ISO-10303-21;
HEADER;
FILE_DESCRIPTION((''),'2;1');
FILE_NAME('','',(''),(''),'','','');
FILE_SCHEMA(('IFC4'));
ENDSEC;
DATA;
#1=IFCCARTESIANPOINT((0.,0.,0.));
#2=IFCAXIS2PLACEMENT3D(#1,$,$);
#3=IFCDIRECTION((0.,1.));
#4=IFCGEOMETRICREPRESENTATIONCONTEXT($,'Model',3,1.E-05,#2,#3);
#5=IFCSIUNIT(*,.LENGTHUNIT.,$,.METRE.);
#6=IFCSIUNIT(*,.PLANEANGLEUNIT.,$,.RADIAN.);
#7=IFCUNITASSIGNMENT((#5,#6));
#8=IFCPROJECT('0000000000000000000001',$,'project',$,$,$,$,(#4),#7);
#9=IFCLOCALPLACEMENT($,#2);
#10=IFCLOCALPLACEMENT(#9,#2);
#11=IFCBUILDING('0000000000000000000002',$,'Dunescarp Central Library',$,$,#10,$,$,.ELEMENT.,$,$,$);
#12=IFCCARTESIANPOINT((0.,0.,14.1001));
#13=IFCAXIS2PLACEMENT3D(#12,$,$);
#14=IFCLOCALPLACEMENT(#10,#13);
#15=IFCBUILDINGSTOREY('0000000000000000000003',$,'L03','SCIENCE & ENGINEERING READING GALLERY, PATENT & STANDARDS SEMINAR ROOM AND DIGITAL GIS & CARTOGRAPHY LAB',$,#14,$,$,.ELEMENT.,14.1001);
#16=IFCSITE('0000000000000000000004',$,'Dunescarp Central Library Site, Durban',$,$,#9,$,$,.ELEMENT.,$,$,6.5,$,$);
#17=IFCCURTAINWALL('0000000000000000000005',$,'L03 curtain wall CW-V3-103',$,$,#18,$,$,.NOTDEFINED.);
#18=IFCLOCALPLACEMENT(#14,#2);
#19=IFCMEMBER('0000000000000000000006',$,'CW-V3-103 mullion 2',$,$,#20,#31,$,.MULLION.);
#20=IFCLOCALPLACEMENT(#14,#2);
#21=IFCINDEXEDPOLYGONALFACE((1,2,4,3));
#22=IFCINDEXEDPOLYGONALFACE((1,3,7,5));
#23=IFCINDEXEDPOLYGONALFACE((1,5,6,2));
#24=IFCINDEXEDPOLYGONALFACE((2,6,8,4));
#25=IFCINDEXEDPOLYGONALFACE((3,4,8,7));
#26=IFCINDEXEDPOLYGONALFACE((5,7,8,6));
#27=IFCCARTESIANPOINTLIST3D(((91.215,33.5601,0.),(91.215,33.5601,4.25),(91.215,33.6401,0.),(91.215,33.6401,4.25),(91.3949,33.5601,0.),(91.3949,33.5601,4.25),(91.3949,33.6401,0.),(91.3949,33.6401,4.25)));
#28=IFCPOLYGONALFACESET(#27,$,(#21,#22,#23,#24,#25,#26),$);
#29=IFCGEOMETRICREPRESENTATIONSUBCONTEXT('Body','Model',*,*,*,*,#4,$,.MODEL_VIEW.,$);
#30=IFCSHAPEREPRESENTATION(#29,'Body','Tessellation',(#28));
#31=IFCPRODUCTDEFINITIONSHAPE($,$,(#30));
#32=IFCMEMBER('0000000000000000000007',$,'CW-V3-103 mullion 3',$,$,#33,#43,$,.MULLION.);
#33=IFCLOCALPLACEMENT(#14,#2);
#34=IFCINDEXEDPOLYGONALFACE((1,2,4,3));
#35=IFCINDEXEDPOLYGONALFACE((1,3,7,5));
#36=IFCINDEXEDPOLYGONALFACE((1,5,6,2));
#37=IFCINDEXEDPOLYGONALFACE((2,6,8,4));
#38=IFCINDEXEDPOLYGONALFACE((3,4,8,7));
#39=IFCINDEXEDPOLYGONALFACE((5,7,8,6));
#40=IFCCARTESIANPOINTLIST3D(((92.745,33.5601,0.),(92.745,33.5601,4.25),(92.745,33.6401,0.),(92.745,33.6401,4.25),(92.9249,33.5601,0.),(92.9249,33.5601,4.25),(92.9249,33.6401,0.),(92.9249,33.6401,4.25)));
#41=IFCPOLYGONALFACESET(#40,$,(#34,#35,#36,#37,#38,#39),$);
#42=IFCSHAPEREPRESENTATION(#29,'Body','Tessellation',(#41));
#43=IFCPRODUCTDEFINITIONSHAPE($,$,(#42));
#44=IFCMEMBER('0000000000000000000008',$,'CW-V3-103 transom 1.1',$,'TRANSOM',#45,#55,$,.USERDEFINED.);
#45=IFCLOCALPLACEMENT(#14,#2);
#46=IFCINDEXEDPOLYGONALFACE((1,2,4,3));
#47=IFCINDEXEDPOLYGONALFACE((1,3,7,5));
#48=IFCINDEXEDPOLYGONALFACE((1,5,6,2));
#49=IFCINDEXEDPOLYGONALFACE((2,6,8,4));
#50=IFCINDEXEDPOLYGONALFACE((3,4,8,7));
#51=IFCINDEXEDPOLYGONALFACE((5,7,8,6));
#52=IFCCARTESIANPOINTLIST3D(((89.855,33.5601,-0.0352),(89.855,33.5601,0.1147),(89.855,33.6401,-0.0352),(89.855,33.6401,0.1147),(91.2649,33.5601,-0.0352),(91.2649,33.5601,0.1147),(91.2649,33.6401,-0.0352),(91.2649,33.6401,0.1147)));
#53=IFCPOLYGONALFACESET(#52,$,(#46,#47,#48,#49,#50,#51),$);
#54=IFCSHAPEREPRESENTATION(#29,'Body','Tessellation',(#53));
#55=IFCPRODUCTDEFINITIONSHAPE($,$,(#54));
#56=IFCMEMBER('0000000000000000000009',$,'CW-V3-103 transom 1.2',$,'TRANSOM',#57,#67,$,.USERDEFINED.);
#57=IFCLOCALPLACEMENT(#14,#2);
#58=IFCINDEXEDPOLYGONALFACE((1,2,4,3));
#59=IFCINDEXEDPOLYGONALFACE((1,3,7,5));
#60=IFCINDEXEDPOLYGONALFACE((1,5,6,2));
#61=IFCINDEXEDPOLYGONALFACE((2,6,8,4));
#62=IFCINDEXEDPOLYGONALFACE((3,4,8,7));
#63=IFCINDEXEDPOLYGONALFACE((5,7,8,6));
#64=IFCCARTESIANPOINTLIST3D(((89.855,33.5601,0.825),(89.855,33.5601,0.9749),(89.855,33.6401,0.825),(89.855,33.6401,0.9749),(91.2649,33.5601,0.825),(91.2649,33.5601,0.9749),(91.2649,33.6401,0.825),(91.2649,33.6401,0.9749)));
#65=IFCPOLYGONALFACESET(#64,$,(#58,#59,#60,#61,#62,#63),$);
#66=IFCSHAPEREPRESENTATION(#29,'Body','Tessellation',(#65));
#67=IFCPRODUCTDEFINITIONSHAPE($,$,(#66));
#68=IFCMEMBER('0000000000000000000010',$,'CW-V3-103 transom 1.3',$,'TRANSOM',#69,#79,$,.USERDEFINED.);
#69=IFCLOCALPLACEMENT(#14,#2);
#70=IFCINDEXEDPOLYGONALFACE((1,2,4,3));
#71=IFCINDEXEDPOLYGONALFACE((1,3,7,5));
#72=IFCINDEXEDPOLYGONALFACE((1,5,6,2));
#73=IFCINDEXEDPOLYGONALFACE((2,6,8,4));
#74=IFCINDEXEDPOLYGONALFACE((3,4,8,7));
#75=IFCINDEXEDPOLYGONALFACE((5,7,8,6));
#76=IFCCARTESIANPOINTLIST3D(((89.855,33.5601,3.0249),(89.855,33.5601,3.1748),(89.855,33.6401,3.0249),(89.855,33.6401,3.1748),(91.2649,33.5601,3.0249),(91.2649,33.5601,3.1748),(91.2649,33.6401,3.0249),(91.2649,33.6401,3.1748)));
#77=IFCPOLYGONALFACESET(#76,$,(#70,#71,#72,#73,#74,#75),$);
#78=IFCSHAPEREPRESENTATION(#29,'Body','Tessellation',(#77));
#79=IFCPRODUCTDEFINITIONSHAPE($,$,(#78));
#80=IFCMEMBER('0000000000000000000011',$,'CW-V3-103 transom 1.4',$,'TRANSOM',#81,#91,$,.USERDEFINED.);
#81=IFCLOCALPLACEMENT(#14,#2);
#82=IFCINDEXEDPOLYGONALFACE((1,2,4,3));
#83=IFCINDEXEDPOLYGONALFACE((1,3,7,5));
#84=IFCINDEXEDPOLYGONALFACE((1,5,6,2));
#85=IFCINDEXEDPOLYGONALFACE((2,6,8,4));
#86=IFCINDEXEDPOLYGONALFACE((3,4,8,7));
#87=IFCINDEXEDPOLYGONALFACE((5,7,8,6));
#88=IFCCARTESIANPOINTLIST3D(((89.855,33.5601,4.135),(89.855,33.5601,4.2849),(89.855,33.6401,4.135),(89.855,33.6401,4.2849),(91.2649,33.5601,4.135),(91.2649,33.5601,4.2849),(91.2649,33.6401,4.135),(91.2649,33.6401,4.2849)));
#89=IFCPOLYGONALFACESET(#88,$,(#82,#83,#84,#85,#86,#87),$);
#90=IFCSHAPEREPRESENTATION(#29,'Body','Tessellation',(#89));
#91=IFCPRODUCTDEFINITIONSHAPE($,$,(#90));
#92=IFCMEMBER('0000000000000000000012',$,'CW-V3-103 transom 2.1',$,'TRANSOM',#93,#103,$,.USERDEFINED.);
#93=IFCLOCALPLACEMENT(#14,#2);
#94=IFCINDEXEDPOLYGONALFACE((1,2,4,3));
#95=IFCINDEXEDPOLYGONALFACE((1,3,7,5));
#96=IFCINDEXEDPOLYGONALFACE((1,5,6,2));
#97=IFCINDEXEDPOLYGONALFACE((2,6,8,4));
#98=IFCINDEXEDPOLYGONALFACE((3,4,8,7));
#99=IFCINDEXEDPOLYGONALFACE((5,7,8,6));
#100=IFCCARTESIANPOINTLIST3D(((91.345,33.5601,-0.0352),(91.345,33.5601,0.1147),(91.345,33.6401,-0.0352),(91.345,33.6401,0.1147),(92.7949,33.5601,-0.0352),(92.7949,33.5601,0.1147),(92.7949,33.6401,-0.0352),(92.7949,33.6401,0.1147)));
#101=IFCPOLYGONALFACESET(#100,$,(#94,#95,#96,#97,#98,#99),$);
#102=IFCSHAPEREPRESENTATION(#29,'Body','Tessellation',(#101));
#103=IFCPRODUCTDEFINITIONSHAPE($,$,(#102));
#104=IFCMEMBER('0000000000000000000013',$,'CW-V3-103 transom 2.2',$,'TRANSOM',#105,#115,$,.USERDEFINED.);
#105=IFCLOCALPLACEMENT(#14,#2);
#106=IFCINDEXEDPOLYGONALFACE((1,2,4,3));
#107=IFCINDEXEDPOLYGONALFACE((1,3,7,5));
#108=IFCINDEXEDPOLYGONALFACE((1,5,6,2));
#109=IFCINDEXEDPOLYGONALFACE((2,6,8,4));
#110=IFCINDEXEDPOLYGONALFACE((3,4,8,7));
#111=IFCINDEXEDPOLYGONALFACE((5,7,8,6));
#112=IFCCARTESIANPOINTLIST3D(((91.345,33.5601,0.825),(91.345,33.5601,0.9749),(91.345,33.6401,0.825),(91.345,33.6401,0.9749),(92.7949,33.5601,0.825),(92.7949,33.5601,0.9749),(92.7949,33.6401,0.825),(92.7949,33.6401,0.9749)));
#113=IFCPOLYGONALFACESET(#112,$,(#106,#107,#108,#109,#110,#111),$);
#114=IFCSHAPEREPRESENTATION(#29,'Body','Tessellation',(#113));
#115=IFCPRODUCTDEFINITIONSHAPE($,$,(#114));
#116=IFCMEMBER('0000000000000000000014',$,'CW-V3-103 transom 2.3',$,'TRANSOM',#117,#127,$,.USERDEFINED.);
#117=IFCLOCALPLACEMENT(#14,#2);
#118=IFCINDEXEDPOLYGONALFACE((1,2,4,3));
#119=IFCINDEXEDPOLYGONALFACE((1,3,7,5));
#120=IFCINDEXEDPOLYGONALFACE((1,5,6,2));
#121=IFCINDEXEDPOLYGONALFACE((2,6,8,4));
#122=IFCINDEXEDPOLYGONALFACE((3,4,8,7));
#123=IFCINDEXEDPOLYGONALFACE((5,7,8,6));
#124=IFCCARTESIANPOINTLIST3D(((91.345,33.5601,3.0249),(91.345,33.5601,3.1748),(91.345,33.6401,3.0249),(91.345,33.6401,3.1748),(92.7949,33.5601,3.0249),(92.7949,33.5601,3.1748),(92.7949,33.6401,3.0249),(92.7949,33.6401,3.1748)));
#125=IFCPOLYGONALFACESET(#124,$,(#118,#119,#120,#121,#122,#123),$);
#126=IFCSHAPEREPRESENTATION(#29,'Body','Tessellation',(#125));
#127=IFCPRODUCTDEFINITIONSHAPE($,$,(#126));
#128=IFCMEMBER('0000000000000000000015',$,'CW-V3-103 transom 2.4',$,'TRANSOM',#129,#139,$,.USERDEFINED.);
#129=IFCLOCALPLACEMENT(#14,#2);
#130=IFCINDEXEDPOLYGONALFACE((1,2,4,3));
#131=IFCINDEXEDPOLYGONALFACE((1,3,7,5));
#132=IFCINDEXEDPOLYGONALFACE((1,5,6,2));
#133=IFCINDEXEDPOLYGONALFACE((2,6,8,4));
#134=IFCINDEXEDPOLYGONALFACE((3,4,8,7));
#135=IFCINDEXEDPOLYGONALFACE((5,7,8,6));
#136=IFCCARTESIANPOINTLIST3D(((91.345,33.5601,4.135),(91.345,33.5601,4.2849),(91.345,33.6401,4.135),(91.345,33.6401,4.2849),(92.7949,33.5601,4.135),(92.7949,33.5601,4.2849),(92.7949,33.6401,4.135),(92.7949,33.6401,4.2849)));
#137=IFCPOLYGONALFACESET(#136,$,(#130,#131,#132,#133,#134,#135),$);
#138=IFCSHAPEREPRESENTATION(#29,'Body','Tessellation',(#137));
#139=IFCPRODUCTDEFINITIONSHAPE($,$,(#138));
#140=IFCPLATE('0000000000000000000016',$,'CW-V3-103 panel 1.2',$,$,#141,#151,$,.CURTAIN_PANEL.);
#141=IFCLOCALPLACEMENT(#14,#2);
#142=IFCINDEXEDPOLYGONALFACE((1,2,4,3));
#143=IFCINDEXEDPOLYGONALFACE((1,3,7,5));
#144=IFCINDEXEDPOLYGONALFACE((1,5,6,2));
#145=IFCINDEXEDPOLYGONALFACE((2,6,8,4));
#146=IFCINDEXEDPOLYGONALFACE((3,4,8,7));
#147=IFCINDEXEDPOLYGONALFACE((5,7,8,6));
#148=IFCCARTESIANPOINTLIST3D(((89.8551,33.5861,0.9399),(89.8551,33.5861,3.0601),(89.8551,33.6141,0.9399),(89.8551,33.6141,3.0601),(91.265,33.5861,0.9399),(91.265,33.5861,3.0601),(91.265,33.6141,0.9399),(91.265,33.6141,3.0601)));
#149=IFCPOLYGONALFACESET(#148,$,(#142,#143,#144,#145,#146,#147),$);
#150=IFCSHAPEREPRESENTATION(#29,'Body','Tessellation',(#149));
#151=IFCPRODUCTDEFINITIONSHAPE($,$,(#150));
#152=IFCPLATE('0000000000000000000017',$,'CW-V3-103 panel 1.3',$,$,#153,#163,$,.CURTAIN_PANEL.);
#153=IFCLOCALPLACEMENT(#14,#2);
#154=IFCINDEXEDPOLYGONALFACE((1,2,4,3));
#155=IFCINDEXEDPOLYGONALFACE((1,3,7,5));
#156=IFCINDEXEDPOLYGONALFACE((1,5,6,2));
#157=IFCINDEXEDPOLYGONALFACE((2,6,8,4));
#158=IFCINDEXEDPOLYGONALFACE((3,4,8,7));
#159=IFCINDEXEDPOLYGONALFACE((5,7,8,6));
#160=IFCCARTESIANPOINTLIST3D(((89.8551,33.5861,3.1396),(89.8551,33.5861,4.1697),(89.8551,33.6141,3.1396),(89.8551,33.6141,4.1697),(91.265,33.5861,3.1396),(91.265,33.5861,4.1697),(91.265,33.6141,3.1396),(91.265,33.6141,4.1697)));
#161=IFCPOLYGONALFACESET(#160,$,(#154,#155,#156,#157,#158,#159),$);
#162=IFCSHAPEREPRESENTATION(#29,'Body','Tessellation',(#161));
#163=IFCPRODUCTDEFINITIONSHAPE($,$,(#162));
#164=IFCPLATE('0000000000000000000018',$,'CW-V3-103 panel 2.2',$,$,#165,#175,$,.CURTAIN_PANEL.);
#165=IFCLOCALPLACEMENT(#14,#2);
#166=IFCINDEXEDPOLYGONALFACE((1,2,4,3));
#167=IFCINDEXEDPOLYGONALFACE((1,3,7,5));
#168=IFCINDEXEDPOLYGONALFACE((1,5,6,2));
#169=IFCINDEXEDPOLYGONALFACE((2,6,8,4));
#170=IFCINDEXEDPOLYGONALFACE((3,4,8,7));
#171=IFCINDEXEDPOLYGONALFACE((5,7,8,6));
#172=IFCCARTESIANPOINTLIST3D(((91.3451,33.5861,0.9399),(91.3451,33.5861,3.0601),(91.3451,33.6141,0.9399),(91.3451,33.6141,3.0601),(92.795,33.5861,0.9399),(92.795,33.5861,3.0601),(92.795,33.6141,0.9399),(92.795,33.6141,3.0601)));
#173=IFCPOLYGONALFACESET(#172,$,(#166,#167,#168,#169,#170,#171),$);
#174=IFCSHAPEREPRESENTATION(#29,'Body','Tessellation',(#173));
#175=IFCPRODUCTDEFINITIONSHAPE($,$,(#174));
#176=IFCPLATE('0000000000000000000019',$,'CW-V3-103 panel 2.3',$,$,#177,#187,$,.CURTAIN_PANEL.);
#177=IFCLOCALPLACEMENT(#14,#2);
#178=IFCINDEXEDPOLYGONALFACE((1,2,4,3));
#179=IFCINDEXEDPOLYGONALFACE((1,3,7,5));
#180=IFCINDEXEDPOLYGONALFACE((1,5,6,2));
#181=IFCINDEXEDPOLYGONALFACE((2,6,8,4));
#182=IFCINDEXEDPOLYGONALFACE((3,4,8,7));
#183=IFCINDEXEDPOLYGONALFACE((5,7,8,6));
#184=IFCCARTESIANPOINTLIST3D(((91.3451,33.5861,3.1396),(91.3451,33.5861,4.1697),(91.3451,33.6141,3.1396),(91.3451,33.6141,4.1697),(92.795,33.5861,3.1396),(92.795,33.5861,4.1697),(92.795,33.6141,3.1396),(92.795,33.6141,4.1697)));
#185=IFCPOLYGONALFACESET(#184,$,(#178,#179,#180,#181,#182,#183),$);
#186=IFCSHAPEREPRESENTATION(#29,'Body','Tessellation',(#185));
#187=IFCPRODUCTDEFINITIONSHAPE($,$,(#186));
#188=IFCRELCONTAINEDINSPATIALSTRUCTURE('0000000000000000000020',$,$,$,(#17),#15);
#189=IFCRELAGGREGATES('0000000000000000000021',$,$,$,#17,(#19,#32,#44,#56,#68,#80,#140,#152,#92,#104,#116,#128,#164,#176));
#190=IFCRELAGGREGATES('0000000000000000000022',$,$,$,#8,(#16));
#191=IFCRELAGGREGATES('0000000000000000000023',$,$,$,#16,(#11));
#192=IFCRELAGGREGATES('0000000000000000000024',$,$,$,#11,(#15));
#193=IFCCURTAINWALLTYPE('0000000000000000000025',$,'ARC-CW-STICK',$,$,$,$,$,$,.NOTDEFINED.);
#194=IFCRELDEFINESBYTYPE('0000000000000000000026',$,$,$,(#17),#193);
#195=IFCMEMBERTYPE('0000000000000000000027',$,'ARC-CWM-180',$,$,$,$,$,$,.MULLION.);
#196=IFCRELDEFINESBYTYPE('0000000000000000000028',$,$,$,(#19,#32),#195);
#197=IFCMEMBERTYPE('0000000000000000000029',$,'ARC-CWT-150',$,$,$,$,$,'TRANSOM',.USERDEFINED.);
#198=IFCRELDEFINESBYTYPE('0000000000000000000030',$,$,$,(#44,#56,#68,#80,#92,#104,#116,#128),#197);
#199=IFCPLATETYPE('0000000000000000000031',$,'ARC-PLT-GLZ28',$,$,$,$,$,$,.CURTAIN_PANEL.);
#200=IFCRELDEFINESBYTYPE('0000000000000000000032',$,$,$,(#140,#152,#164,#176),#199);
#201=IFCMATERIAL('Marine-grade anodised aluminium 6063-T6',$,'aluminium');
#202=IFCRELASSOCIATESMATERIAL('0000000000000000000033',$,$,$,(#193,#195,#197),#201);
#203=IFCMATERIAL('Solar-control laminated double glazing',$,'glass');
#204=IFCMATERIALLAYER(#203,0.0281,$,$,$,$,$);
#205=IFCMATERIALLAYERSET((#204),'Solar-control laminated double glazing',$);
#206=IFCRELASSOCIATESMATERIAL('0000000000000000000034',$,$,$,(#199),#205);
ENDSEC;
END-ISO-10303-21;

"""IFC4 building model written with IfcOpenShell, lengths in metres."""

from ifc_helpers import new_model, si_unit, direction, frame, origin, origin_2d, place, context, subcontext, project, spatial, rectangle, extrude, material, layer, layer_set, material_profile, profile_set, type_object, element, aggregate, save


model = new_model("IFC4")

# Units and contexts
model_context = context("Model", 3, precision=1e-05, world=origin(), true_north=direction((0.0, 1.0)))
body_context = subcontext(model_context, "Body", "Model", "MODEL_VIEW")
ifc_project = project(units=[si_unit("LENGTHUNIT", "METRE"), si_unit("PLANEANGLEUNIT", "RADIAN")], contexts=[model_context])

# Site, building, storey
site_placement = place(None, origin())
site = spatial("IfcSite", under=ifc_project, at=site_placement, Name="Dunescarp Central Library Site, Durban", CompositionType="ELEMENT", RefElevation=6.5)
building_placement = place(site_placement, origin())
building = spatial("IfcBuilding", under=site, at=building_placement, Name="Dunescarp Central Library", CompositionType="ELEMENT")
storey_placement = place(building_placement, frame((0.0, 0.0, 14.1001)))
storey = spatial("IfcBuildingStorey", under=building, at=storey_placement, Name="L03", Description="SCIENCE & ENGINEERING READING GALLERY, PATENT & STANDARDS SEMINAR ROOM AND DIGITAL GIS & CARTOGRAPHY LAB", CompositionType="ELEMENT", Elevation=14.1001)

# Curtain wall, members, plates
ifc_material_1 = material(Name="Marine-grade anodised aluminium 6063-T6", Category="aluminium")
curtain_wall_type = type_object("IfcCurtainWallType", Name="ARC-CW-STICK", PredefinedType="NOTDEFINED", material=ifc_material_1)
curtain_wall_placement = place(storey_placement, origin())
curtain_wall = element("IfcCurtainWall", 1, at=curtain_wall_placement, inside=storey, type_object=curtain_wall_type, Name="L03 curtain wall CW-V3-103", PredefinedType="NOTDEFINED")
ifc_material_profile_1 = material_profile(ifc_material_1, rectangle(XDim=0.0801, YDim=0.1799, at=origin_2d()), Name="AL 80x180")
ifc_profile_set_1 = profile_set([ifc_material_profile_1], Name="Marine-grade anodised aluminium 6063-T6")
member_type_1 = type_object("IfcMemberType", Name="ARC-CWM-180", PredefinedType="MULLION", material=ifc_profile_set_1)
member_1_placement = place(storey_placement, frame((91.3049, 33.6001, 0.0), z_axis=(0.0, 0.0, 1.0), x_axis=(0.0, 1.0, 0.0)))
member_1 = element("IfcMember", 2, at=member_1_placement, type_object=member_type_1, Name="CW-V3-103 mullion 2", PredefinedType="MULLION", context=body_context, shape_type="SweptSolid", body=[
    extrude(rectangle(XDim=0.0801, YDim=0.1799, at=origin_2d()), origin(), (0.0, 0.0, 1.0), 4.25),
])
member_2_placement = place(storey_placement, frame((92.835, 33.6001, 0.0), z_axis=(0.0, 0.0, 1.0), x_axis=(0.0, 1.0, 0.0)))
member_2 = element("IfcMember", 3, at=member_2_placement, type_object=member_type_1, Name="CW-V3-103 mullion 3", PredefinedType="MULLION", context=body_context, shape_type="SweptSolid", body=[
    extrude(rectangle(XDim=0.0801, YDim=0.1799, at=origin_2d()), origin(), (0.0, 0.0, 1.0), 4.25),
])
ifc_material_profile_2 = material_profile(ifc_material_1, rectangle(XDim=0.0801, YDim=0.1499, at=origin_2d()), Name="AL 80x150")
ifc_profile_set_2 = profile_set([ifc_material_profile_2], Name="Marine-grade anodised aluminium 6063-T6")
member_type_2 = type_object("IfcMemberType", Name="ARC-CWT-150", ElementType="TRANSOM", PredefinedType="USERDEFINED", material=ifc_profile_set_2)
member_3_placement = place(storey_placement, frame((89.855, 33.6001, 0.0398), z_axis=(1.0, 0.0, 0.0), x_axis=(0.0, 1.0, 0.0)))
member_3 = element("IfcMember", 4, at=member_3_placement, type_object=member_type_2, Name="CW-V3-103 transom 1.1", ObjectType="TRANSOM", PredefinedType="USERDEFINED", context=body_context, shape_type="SweptSolid", body=[
    extrude(rectangle(XDim=0.0801, YDim=0.1499, at=origin_2d()), origin(), (0.0, 0.0, 1.0), 1.4099),
])
member_4_placement = place(storey_placement, frame((89.855, 33.6001, 0.8999), z_axis=(1.0, 0.0, 0.0), x_axis=(0.0, 1.0, 0.0)))
member_4 = element("IfcMember", 5, at=member_4_placement, type_object=member_type_2, Name="CW-V3-103 transom 1.2", ObjectType="TRANSOM", PredefinedType="USERDEFINED", context=body_context, shape_type="SweptSolid", body=[
    extrude(rectangle(XDim=0.0801, YDim=0.1499, at=origin_2d()), origin(), (0.0, 0.0, 1.0), 1.4099),
])
member_5_placement = place(storey_placement, frame((89.855, 33.6001, 3.0999), z_axis=(1.0, 0.0, 0.0), x_axis=(0.0, 1.0, 0.0)))
member_5 = element("IfcMember", 6, at=member_5_placement, type_object=member_type_2, Name="CW-V3-103 transom 1.3", ObjectType="TRANSOM", PredefinedType="USERDEFINED", context=body_context, shape_type="SweptSolid", body=[
    extrude(rectangle(XDim=0.0801, YDim=0.1499, at=origin_2d()), origin(), (0.0, 0.0, 1.0), 1.4099),
])
member_6_placement = place(storey_placement, frame((89.855, 33.6001, 4.21), z_axis=(1.0, 0.0, 0.0), x_axis=(0.0, 1.0, 0.0)))
member_6 = element("IfcMember", 7, at=member_6_placement, type_object=member_type_2, Name="CW-V3-103 transom 1.4", ObjectType="TRANSOM", PredefinedType="USERDEFINED", context=body_context, shape_type="SweptSolid", body=[
    extrude(rectangle(XDim=0.0801, YDim=0.1499, at=origin_2d()), origin(), (0.0, 0.0, 1.0), 1.4099),
])
member_7_placement = place(storey_placement, frame((91.345, 33.6001, 0.0398), z_axis=(1.0, 0.0, 0.0), x_axis=(0.0, 1.0, 0.0)))
member_7 = element("IfcMember", 8, at=member_7_placement, type_object=member_type_2, Name="CW-V3-103 transom 2.1", ObjectType="TRANSOM", PredefinedType="USERDEFINED", context=body_context, shape_type="SweptSolid", body=[
    extrude(rectangle(XDim=0.0801, YDim=0.1499, at=origin_2d()), origin(), (0.0, 0.0, 1.0), 1.45),
])
member_8_placement = place(storey_placement, frame((91.345, 33.6001, 0.8999), z_axis=(1.0, 0.0, 0.0), x_axis=(0.0, 1.0, 0.0)))
member_8 = element("IfcMember", 9, at=member_8_placement, type_object=member_type_2, Name="CW-V3-103 transom 2.2", ObjectType="TRANSOM", PredefinedType="USERDEFINED", context=body_context, shape_type="SweptSolid", body=[
    extrude(rectangle(XDim=0.0801, YDim=0.1499, at=origin_2d()), origin(), (0.0, 0.0, 1.0), 1.45),
])
member_9_placement = place(storey_placement, frame((91.345, 33.6001, 3.0999), z_axis=(1.0, 0.0, 0.0), x_axis=(0.0, 1.0, 0.0)))
member_9 = element("IfcMember", 10, at=member_9_placement, type_object=member_type_2, Name="CW-V3-103 transom 2.3", ObjectType="TRANSOM", PredefinedType="USERDEFINED", context=body_context, shape_type="SweptSolid", body=[
    extrude(rectangle(XDim=0.0801, YDim=0.1499, at=origin_2d()), origin(), (0.0, 0.0, 1.0), 1.45),
])
member_10_placement = place(storey_placement, frame((91.345, 33.6001, 4.21), z_axis=(1.0, 0.0, 0.0), x_axis=(0.0, 1.0, 0.0)))
member_10 = element("IfcMember", 11, at=member_10_placement, type_object=member_type_2, Name="CW-V3-103 transom 2.4", ObjectType="TRANSOM", PredefinedType="USERDEFINED", context=body_context, shape_type="SweptSolid", body=[
    extrude(rectangle(XDim=0.0801, YDim=0.1499, at=origin_2d()), origin(), (0.0, 0.0, 1.0), 1.45),
])
ifc_material_2 = material(Name="Solar-control laminated double glazing", Category="glass")
ifc_layer_1 = layer(ifc_material_2, 0.0281)
ifc_layer_set_1 = layer_set([ifc_layer_1], Name="Solar-control laminated double glazing")
plate_type_1 = type_object("IfcPlateType", Name="ARC-PLT-GLZ28", PredefinedType="CURTAIN_PANEL", material=ifc_layer_set_1)
plate_1_placement = place(storey_placement, frame((90.5601, 33.6001, 0.9399), z_axis=(0.0, 0.0, 1.0), x_axis=(1.0, 0.0, 0.0)))
plate_1 = element("IfcPlate", 12, at=plate_1_placement, type_object=plate_type_1, Name="CW-V3-103 panel 1.2", PredefinedType="CURTAIN_PANEL", context=body_context, shape_type="SweptSolid", body=[
    extrude(rectangle(XDim=1.4099, YDim=0.0281, at=origin_2d()), origin(), (0.0, 0.0, 1.0), 2.1201),
])
plate_2_placement = place(storey_placement, frame((90.5601, 33.6001, 3.1396), z_axis=(0.0, 0.0, 1.0), x_axis=(1.0, 0.0, 0.0)))
plate_2 = element("IfcPlate", 13, at=plate_2_placement, type_object=plate_type_1, Name="CW-V3-103 panel 1.3", PredefinedType="CURTAIN_PANEL", context=body_context, shape_type="SweptSolid", body=[
    extrude(rectangle(XDim=1.4099, YDim=0.0281, at=origin_2d()), origin(), (0.0, 0.0, 1.0), 1.03),
])
plate_3_placement = place(storey_placement, frame((92.0701, 33.6001, 0.9399), z_axis=(0.0, 0.0, 1.0), x_axis=(1.0, 0.0, 0.0)))
plate_3 = element("IfcPlate", 14, at=plate_3_placement, type_object=plate_type_1, Name="CW-V3-103 panel 2.2", PredefinedType="CURTAIN_PANEL", context=body_context, shape_type="SweptSolid", body=[
    extrude(rectangle(XDim=1.45, YDim=0.0281, at=origin_2d()), origin(), (0.0, 0.0, 1.0), 2.1201),
])
plate_4_placement = place(storey_placement, frame((92.0701, 33.6001, 3.1396), z_axis=(0.0, 0.0, 1.0), x_axis=(1.0, 0.0, 0.0)))
plate_4 = element("IfcPlate", 15, at=plate_4_placement, type_object=plate_type_1, Name="CW-V3-103 panel 2.3", PredefinedType="CURTAIN_PANEL", context=body_context, shape_type="SweptSolid", body=[
    extrude(rectangle(XDim=1.45, YDim=0.0281, at=origin_2d()), origin(), (0.0, 0.0, 1.0), 1.03),
])
aggregate(curtain_wall, [member_1, member_2, member_3, member_4, member_5, member_6, plate_1, plate_2, member_7, member_8, member_9, member_10, plate_3, plate_4])

save(model, "model.ifc")
